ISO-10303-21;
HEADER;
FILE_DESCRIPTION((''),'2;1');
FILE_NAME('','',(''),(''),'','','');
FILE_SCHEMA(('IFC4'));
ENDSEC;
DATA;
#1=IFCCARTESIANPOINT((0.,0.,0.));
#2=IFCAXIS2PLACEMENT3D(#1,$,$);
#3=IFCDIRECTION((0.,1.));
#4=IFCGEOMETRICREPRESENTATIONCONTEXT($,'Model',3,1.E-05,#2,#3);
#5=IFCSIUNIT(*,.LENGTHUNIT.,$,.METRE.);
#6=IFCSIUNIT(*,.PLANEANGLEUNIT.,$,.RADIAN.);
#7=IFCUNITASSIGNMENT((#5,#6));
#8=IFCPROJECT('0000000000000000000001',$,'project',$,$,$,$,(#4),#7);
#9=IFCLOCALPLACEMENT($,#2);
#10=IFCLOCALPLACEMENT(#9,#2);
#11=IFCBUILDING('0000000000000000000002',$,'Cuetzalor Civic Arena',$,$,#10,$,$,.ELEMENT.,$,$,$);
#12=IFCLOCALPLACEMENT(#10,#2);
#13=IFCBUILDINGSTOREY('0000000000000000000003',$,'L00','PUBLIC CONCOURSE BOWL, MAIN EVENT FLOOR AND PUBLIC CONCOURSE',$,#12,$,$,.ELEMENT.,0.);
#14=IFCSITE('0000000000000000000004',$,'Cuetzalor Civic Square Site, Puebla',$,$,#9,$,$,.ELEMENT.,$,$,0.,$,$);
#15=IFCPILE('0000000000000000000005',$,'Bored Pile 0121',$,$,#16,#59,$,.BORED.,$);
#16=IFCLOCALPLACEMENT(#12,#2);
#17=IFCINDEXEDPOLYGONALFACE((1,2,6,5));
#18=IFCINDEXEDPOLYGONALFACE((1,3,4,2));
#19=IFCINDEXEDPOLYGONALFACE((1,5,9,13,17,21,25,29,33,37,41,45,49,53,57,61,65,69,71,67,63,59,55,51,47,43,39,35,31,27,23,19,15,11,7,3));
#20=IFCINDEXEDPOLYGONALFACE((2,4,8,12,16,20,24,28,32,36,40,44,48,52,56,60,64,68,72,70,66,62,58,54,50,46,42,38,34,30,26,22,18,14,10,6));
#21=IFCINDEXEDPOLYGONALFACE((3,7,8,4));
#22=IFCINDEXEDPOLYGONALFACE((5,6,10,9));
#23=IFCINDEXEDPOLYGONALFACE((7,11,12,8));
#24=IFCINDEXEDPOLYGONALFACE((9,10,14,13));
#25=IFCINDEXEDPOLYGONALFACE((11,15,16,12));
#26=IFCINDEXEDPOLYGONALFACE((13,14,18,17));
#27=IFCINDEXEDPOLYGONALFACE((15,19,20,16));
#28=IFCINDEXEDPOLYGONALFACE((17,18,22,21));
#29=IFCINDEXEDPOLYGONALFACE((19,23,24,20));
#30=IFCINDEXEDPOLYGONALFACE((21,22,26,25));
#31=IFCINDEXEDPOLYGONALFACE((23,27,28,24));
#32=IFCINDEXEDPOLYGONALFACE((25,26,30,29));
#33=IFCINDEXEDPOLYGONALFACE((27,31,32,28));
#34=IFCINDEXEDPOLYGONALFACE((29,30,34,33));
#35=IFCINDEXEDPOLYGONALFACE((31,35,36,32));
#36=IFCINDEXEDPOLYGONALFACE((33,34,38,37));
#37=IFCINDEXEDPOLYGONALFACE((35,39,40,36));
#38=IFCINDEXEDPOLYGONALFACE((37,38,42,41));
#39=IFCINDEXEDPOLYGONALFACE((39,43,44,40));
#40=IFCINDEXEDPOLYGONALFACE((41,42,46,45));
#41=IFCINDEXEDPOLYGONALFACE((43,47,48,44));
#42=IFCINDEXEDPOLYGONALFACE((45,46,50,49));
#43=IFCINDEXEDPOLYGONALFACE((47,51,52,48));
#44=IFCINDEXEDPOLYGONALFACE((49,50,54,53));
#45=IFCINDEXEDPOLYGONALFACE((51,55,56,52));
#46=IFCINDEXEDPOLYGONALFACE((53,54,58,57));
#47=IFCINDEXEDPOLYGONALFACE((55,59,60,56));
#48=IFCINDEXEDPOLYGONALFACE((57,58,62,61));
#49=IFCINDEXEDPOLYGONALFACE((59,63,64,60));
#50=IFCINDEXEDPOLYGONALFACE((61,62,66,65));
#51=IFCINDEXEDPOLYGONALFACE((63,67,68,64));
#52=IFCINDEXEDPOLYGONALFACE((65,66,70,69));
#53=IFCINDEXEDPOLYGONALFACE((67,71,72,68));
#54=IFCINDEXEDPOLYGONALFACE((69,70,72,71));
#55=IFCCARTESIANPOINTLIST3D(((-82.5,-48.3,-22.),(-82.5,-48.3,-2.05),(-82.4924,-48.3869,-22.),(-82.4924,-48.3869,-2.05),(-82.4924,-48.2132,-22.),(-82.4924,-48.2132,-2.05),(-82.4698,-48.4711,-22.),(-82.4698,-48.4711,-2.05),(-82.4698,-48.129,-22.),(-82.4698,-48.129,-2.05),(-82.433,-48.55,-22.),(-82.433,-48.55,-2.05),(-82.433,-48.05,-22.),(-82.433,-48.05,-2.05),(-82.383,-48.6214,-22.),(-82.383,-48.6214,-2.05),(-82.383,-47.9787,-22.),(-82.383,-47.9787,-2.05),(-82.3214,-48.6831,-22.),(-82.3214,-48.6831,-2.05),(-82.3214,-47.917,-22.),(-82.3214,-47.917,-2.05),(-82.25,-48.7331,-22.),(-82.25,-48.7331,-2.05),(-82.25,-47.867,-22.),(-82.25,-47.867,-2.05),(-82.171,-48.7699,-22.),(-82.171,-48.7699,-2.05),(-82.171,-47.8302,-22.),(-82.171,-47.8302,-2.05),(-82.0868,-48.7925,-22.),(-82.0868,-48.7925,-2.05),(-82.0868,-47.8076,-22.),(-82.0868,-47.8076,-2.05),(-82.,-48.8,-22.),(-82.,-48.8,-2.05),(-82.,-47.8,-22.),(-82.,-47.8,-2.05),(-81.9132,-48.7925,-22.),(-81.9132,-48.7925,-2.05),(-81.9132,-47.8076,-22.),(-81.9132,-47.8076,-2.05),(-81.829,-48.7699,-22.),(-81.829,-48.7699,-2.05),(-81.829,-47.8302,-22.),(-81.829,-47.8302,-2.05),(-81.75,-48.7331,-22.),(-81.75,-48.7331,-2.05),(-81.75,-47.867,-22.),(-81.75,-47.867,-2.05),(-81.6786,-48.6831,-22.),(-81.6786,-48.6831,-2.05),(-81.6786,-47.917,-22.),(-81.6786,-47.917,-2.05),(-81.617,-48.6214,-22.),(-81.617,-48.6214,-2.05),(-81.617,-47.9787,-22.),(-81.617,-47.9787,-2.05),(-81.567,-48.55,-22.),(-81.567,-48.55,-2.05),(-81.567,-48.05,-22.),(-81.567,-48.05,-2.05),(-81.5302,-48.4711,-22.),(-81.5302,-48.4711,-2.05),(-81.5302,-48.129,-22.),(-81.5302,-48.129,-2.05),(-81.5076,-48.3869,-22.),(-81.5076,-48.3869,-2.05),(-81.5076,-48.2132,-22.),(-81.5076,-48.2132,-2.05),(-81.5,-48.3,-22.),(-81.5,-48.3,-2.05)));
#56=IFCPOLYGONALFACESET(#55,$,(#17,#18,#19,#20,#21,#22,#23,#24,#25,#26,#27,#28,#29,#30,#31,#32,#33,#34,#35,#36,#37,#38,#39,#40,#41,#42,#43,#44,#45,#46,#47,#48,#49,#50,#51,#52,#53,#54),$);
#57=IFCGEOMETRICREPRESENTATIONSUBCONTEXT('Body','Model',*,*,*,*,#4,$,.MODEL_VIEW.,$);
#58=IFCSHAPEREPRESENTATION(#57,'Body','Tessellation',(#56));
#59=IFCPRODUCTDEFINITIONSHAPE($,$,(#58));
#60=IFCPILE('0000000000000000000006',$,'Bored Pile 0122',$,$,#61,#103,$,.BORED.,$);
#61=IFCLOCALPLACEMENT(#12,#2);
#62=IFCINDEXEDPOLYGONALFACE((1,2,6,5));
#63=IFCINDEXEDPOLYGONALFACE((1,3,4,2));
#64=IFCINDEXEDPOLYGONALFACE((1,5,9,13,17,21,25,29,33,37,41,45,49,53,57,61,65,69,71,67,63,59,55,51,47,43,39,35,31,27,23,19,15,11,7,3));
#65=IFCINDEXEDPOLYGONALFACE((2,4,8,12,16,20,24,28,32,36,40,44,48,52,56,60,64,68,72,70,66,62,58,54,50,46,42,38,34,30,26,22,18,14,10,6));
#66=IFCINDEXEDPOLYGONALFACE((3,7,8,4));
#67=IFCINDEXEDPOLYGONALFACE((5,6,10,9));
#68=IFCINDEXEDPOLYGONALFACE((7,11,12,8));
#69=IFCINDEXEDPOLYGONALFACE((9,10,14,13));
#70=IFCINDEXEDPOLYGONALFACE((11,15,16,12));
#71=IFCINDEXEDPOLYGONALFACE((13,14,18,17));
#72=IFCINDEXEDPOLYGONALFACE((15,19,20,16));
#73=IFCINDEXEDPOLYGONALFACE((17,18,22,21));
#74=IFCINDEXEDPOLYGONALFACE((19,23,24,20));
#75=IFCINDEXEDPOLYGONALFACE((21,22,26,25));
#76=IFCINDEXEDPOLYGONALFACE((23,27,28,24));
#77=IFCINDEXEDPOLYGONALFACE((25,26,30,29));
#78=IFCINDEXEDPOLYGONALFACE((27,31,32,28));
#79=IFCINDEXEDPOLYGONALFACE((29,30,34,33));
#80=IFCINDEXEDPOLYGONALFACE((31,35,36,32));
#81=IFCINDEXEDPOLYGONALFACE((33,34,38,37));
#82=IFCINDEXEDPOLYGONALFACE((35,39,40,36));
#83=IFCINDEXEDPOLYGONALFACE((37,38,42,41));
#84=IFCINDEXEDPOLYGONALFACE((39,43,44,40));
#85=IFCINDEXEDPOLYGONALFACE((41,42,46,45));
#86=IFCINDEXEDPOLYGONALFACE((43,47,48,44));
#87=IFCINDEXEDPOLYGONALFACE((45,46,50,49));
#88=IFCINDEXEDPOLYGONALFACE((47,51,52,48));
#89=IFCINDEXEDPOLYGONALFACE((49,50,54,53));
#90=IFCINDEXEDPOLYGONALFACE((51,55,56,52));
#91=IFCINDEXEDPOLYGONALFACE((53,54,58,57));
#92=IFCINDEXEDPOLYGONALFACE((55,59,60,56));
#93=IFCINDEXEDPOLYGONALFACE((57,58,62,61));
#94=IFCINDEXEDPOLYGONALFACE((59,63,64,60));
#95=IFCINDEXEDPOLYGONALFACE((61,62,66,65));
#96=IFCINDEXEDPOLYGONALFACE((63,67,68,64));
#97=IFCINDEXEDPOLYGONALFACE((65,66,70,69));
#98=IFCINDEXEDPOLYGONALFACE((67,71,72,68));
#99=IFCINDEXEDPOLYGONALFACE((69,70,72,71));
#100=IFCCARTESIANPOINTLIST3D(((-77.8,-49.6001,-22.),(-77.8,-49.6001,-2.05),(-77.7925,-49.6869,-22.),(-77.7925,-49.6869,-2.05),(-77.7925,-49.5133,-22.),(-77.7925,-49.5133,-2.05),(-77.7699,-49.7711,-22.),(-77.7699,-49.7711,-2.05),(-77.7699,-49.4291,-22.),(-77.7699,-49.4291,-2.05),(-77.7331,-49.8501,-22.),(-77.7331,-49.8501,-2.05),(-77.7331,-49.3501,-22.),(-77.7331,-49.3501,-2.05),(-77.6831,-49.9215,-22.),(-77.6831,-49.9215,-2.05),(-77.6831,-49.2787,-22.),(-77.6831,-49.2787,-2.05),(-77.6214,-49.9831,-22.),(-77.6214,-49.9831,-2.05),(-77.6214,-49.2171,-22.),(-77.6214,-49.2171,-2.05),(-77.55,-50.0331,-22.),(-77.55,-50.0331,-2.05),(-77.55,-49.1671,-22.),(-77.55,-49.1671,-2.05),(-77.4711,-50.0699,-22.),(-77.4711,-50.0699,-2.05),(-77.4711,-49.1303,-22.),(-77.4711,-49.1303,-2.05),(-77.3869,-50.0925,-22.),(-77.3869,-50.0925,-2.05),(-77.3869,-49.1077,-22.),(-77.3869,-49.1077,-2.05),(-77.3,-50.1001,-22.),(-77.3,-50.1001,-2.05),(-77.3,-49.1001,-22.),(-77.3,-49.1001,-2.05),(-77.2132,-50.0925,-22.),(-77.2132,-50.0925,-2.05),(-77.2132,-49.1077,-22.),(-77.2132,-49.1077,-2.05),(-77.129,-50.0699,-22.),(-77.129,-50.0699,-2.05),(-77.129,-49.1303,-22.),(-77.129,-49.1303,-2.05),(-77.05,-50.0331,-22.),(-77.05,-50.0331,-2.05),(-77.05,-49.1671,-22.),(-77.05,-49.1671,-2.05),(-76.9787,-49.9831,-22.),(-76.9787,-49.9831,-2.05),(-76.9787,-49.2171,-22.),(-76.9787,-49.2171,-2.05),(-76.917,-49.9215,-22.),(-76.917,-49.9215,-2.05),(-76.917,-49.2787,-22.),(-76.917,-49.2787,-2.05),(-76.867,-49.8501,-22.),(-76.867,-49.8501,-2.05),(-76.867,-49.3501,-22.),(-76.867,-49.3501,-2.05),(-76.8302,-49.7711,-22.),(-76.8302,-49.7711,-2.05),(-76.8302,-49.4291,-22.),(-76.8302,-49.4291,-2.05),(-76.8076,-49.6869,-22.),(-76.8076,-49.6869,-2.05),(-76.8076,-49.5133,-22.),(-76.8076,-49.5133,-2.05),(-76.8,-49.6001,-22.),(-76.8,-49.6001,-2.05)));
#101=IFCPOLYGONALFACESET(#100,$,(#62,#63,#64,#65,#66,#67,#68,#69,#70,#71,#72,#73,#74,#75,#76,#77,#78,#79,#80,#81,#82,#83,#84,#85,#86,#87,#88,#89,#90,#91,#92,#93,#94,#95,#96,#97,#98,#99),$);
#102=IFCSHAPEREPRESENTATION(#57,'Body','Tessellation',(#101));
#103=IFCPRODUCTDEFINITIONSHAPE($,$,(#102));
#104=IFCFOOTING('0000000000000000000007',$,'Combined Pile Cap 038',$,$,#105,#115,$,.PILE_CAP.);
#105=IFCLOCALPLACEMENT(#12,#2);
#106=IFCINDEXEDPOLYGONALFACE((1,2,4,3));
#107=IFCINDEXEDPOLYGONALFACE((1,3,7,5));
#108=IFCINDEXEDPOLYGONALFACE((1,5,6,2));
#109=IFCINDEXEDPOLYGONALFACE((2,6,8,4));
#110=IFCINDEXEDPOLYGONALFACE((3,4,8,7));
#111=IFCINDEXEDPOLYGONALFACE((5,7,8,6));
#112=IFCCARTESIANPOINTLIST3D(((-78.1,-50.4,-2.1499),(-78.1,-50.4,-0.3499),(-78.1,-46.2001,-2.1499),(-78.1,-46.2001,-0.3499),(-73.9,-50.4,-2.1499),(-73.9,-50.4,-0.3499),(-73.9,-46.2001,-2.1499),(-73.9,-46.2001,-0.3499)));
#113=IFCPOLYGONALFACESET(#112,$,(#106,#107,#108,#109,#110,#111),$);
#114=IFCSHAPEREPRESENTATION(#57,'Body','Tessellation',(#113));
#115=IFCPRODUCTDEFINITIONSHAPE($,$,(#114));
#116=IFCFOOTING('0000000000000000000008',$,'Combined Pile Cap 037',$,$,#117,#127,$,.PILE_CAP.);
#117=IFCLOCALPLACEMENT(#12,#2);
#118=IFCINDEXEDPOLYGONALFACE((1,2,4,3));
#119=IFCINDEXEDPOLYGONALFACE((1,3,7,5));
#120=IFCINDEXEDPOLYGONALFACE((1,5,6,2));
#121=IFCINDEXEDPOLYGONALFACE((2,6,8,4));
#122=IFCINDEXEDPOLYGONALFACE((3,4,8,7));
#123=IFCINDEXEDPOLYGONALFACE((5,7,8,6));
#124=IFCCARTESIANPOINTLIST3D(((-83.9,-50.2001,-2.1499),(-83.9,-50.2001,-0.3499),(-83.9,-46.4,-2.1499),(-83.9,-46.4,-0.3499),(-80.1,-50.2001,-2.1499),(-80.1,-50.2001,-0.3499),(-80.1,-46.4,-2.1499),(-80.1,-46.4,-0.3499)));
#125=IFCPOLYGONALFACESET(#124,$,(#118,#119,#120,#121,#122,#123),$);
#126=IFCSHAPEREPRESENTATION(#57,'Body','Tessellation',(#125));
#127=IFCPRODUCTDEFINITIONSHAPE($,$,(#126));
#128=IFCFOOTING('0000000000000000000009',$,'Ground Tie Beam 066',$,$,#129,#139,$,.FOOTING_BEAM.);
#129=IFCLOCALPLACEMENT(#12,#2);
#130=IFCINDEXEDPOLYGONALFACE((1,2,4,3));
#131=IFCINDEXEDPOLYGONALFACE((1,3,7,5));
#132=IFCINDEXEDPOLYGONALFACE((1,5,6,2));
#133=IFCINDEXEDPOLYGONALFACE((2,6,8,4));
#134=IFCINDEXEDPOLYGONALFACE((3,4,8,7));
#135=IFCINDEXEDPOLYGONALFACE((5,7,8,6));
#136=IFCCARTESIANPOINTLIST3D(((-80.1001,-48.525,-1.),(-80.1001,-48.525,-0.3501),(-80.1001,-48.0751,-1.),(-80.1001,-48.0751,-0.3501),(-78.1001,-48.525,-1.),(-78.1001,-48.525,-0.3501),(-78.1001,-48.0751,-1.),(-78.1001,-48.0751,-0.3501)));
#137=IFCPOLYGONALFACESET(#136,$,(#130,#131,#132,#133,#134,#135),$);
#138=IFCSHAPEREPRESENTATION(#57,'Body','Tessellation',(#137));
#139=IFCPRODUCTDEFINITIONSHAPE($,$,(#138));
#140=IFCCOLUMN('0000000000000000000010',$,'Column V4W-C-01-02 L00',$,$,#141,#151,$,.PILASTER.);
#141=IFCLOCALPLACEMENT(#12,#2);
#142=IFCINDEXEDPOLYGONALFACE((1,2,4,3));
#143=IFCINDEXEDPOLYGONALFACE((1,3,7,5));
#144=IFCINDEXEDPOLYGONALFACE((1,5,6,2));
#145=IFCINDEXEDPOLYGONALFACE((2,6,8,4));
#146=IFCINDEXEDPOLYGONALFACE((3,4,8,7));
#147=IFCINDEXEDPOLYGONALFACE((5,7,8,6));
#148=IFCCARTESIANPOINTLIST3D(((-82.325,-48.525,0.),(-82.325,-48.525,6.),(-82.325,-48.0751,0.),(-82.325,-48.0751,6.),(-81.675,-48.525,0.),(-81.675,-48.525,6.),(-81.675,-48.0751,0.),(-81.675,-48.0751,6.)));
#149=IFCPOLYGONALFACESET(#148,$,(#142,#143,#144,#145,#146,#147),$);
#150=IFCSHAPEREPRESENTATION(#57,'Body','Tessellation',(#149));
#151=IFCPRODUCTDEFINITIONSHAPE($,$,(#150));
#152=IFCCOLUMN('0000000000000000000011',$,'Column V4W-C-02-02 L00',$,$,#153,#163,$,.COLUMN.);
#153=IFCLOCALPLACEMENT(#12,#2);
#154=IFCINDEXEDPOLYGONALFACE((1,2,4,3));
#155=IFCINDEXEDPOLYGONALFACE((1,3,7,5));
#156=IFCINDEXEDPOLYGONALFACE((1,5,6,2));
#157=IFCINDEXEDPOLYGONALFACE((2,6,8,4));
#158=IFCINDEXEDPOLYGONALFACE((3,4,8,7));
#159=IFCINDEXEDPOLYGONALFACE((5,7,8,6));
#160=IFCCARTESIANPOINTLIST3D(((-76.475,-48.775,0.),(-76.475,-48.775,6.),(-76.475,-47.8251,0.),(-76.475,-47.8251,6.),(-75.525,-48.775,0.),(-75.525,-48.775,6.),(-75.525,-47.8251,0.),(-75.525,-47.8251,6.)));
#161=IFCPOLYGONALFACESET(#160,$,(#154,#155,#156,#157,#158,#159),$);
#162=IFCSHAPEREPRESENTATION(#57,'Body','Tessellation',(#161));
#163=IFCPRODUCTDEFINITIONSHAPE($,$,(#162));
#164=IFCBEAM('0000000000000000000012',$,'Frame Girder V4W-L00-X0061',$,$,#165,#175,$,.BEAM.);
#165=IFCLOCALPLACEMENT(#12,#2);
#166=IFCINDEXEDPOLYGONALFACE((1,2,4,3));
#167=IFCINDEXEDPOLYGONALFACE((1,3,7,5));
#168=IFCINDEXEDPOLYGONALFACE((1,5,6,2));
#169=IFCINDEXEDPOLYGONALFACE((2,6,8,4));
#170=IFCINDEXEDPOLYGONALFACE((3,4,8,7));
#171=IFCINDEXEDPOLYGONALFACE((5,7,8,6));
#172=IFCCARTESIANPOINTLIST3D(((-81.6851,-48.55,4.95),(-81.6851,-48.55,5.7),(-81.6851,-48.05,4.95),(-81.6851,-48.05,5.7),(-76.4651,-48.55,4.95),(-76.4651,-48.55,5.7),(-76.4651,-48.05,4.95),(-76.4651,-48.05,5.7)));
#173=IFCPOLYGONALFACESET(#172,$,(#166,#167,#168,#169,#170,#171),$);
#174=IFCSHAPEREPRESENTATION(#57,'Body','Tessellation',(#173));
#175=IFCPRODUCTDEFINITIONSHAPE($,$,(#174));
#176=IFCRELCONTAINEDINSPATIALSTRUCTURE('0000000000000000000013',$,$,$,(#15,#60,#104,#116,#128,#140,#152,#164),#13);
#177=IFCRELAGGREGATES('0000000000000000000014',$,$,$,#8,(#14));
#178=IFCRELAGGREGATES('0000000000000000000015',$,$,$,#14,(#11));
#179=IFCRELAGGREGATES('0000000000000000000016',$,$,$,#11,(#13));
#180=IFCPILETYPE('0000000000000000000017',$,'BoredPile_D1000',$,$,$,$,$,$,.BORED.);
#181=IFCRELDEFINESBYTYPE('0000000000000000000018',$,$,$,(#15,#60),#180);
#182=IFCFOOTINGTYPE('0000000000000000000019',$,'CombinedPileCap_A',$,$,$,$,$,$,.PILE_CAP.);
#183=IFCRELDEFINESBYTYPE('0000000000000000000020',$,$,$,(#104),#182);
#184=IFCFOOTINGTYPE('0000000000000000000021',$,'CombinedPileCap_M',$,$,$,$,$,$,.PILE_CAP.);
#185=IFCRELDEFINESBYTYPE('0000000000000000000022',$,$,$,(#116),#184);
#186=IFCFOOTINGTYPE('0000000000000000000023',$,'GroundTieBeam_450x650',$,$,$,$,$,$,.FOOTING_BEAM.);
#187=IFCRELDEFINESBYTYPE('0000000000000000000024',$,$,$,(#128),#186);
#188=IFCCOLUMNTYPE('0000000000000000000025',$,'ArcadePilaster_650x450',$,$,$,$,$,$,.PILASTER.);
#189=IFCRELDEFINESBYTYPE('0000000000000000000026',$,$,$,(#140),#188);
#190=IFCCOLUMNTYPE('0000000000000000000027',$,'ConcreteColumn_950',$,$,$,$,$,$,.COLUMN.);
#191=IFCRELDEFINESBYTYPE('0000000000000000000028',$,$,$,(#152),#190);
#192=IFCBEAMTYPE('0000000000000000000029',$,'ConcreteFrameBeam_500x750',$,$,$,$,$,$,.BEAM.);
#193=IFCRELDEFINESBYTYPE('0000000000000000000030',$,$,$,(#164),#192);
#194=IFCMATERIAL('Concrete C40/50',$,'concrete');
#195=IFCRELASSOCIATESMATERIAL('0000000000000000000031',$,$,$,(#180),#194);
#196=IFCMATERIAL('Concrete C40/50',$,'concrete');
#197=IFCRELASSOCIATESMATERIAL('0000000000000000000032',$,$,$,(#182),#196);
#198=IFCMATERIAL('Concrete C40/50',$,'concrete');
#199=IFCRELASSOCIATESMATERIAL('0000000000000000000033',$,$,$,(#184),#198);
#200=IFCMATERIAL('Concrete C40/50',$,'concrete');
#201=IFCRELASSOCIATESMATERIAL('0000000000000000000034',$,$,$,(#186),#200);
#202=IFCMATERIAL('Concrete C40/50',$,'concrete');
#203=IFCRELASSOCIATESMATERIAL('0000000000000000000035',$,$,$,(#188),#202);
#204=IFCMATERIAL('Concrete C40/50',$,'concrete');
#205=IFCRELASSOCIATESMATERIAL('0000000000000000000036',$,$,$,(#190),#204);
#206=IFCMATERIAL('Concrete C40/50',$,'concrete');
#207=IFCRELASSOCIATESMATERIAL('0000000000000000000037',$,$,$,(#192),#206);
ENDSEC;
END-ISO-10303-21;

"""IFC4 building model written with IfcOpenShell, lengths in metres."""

from ifc_helpers import new_model, si_unit, direction, frame, origin, origin_2d, place, context, subcontext, project, spatial, rectangle, circle, extrude, material, material_profile, profile_set, type_object, element, save


model = new_model("IFC4")

# Units and contexts
model_context = context("Model", 3, precision=1e-05, world=origin(), true_north=direction((0.0, 1.0)))
body_context = subcontext(model_context, "Body", "Model", "MODEL_VIEW")
ifc_project = project(units=[si_unit("LENGTHUNIT", "METRE"), si_unit("PLANEANGLEUNIT", "RADIAN")], contexts=[model_context])

# Site, building, storey
site_placement = place(None, origin())
site = spatial("IfcSite", under=ifc_project, at=site_placement, Name="Cuetzalor Civic Square Site, Puebla", CompositionType="ELEMENT", RefElevation=0.0)
building_placement = place(site_placement, origin())
building = spatial("IfcBuilding", under=site, at=building_placement, Name="Cuetzalor Civic Arena", CompositionType="ELEMENT")
storey_placement = place(building_placement, origin())
storey = spatial("IfcBuildingStorey", under=building, at=storey_placement, Name="L00", Description="PUBLIC CONCOURSE BOWL, MAIN EVENT FLOOR AND PUBLIC CONCOURSE", CompositionType="ELEMENT", Elevation=0.0)

# Piles
ifc_material_1 = material(Name="Concrete C40/50", Category="concrete")
ifc_material_profile_1 = material_profile(ifc_material_1, circle(Radius=0.5, at=origin_2d()), Name="BORED PILE D1000")
ifc_profile_set_1 = profile_set([ifc_material_profile_1], Name="Concrete C40/50")
pile_type = type_object("IfcPileType", Name="BoredPile_D1000", PredefinedType="BORED", material=ifc_profile_set_1)
for number, where, z_axis, x_axis, name in (
    (1, (-82.0, -48.3, -2.05), (0.0, 0.0, -1.0), (1.0, 0.0, 0.0), "Bored Pile 0121"),
    (2, (-77.3, -49.6001, -2.05), (0.0, 0.0, -1.0), (1.0, 0.0, 0.0), "Bored Pile 0122"),
):
    element("IfcPile", number, at=place(storey_placement, frame(where, z_axis=z_axis, x_axis=x_axis)), inside=storey, type_object=pile_type, Name=name, PredefinedType="BORED", context=body_context, shape_type="SweptSolid", body=[
        extrude(circle(Radius=0.5, at=origin_2d()), origin(), (0.0, 0.0, 1.0), 19.95),
    ])

# Footings
ifc_material_2 = material(Name="Concrete C40/50", Category="concrete")
footing_type_1 = type_object("IfcFootingType", Name="CombinedPileCap_A", PredefinedType="PILE_CAP", material=ifc_material_2)
footing_1_placement = place(storey_placement, frame((-76.0, -48.3, -2.1499), z_axis=(0.0, 0.0, 1.0), x_axis=(1.0, 0.0, 0.0)))
element("IfcFooting", 3, at=footing_1_placement, inside=storey, type_object=footing_type_1, Name="Combined Pile Cap 038", PredefinedType="PILE_CAP", context=body_context, shape_type="SweptSolid", body=[
    extrude(rectangle(XDim=4.2, YDim=4.2, at=origin_2d()), origin(), (0.0, 0.0, 1.0), 1.8),
])
ifc_material_3 = material(Name="Concrete C40/50", Category="concrete")
footing_type_2 = type_object("IfcFootingType", Name="CombinedPileCap_M", PredefinedType="PILE_CAP", material=ifc_material_3)
footing_2_placement = place(storey_placement, frame((-82.0, -48.3, -2.1499), z_axis=(0.0, 0.0, 1.0), x_axis=(1.0, 0.0, 0.0)))
element("IfcFooting", 4, at=footing_2_placement, inside=storey, type_object=footing_type_2, Name="Combined Pile Cap 037", PredefinedType="PILE_CAP", context=body_context, shape_type="SweptSolid", body=[
    extrude(rectangle(XDim=3.8, YDim=3.8, at=origin_2d()), origin(), (0.0, 0.0, 1.0), 1.8),
])
ifc_material_4 = material(Name="Concrete C40/50", Category="concrete")
ifc_material_profile_2 = material_profile(ifc_material_4, rectangle(XDim=0.45, YDim=0.6499, at=origin_2d()), Name="RC 450x650")
ifc_profile_set_2 = profile_set([ifc_material_profile_2], Name="Concrete C40/50")
footing_type_3 = type_object("IfcFootingType", Name="GroundTieBeam_450x650", PredefinedType="FOOTING_BEAM", material=ifc_profile_set_2)
footing_3_placement = place(storey_placement, frame((-80.1001, -48.3, -0.675), z_axis=(1.0, 0.0, 0.0), x_axis=(0.0, 1.0, 0.0)))
element("IfcFooting", 5, at=footing_3_placement, inside=storey, type_object=footing_type_3, Name="Ground Tie Beam 066", PredefinedType="FOOTING_BEAM", context=body_context, shape_type="SweptSolid", body=[
    extrude(rectangle(XDim=0.45, YDim=0.6499, at=origin_2d()), origin(), (0.0, 0.0, 1.0), 2.0),
])

# Columns
ifc_material_5 = material(Name="Concrete C40/50", Category="concrete")
ifc_material_profile_3 = material_profile(ifc_material_5, rectangle(XDim=0.6499, YDim=0.45, at=origin_2d()), Name="RC 650x450")
ifc_profile_set_3 = profile_set([ifc_material_profile_3], Name="Concrete C40/50")
column_type_1 = type_object("IfcColumnType", Name="ArcadePilaster_650x450", PredefinedType="PILASTER", material=ifc_profile_set_3)
column_1_placement = place(storey_placement, frame((-82.0, -48.3, 0.0), z_axis=(0.0, 0.0, 1.0), x_axis=(1.0, 0.0, 0.0)))
element("IfcColumn", 6, at=column_1_placement, inside=storey, type_object=column_type_1, Name="Column V4W-C-01-02 L00", PredefinedType="PILASTER", context=body_context, shape_type="SweptSolid", body=[
    extrude(rectangle(XDim=0.6499, YDim=0.45, at=origin_2d()), origin(), (0.0, 0.0, 1.0), 6.0),
])
ifc_material_6 = material(Name="Concrete C40/50", Category="concrete")
ifc_material_profile_4 = material_profile(ifc_material_6, rectangle(XDim=0.95, YDim=0.95, at=origin_2d()), Name="RC 950x950")
ifc_profile_set_4 = profile_set([ifc_material_profile_4], Name="Concrete C40/50")
column_type_2 = type_object("IfcColumnType", Name="ConcreteColumn_950", PredefinedType="COLUMN", material=ifc_profile_set_4)
column_2_placement = place(storey_placement, frame((-76.0, -48.3, 0.0), z_axis=(0.0, 0.0, 1.0), x_axis=(1.0, 0.0, 0.0)))
element("IfcColumn", 7, at=column_2_placement, inside=storey, type_object=column_type_2, Name="Column V4W-C-02-02 L00", PredefinedType="COLUMN", context=body_context, shape_type="SweptSolid", body=[
    extrude(rectangle(XDim=0.95, YDim=0.95, at=origin_2d()), origin(), (0.0, 0.0, 1.0), 6.0),
])

# Beam
ifc_material_7 = material(Name="Concrete C40/50", Category="concrete")
ifc_material_profile_5 = material_profile(ifc_material_7, rectangle(XDim=0.5, YDim=0.75, at=origin_2d()), Name="RC 500x750")
ifc_profile_set_5 = profile_set([ifc_material_profile_5], Name="Concrete C40/50")
beam_type_1 = type_object("IfcBeamType", Name="ConcreteFrameBeam_500x750", PredefinedType="BEAM", material=ifc_profile_set_5)
beam_1_placement = place(storey_placement, frame((-81.6851, -48.3, 5.325), z_axis=(1.0, 0.0, 0.0), x_axis=(0.0, 1.0, 0.0)))
element("IfcBeam", 8, at=beam_1_placement, inside=storey, type_object=beam_type_1, Name="Frame Girder V4W-L00-X0061", PredefinedType="BEAM", context=body_context, shape_type="SweptSolid", body=[
    extrude(rectangle(XDim=0.5, YDim=0.75, at=origin_2d()), origin(), (0.0, 0.0, 1.0), 5.22),
])

save(model, "model.ifc")
